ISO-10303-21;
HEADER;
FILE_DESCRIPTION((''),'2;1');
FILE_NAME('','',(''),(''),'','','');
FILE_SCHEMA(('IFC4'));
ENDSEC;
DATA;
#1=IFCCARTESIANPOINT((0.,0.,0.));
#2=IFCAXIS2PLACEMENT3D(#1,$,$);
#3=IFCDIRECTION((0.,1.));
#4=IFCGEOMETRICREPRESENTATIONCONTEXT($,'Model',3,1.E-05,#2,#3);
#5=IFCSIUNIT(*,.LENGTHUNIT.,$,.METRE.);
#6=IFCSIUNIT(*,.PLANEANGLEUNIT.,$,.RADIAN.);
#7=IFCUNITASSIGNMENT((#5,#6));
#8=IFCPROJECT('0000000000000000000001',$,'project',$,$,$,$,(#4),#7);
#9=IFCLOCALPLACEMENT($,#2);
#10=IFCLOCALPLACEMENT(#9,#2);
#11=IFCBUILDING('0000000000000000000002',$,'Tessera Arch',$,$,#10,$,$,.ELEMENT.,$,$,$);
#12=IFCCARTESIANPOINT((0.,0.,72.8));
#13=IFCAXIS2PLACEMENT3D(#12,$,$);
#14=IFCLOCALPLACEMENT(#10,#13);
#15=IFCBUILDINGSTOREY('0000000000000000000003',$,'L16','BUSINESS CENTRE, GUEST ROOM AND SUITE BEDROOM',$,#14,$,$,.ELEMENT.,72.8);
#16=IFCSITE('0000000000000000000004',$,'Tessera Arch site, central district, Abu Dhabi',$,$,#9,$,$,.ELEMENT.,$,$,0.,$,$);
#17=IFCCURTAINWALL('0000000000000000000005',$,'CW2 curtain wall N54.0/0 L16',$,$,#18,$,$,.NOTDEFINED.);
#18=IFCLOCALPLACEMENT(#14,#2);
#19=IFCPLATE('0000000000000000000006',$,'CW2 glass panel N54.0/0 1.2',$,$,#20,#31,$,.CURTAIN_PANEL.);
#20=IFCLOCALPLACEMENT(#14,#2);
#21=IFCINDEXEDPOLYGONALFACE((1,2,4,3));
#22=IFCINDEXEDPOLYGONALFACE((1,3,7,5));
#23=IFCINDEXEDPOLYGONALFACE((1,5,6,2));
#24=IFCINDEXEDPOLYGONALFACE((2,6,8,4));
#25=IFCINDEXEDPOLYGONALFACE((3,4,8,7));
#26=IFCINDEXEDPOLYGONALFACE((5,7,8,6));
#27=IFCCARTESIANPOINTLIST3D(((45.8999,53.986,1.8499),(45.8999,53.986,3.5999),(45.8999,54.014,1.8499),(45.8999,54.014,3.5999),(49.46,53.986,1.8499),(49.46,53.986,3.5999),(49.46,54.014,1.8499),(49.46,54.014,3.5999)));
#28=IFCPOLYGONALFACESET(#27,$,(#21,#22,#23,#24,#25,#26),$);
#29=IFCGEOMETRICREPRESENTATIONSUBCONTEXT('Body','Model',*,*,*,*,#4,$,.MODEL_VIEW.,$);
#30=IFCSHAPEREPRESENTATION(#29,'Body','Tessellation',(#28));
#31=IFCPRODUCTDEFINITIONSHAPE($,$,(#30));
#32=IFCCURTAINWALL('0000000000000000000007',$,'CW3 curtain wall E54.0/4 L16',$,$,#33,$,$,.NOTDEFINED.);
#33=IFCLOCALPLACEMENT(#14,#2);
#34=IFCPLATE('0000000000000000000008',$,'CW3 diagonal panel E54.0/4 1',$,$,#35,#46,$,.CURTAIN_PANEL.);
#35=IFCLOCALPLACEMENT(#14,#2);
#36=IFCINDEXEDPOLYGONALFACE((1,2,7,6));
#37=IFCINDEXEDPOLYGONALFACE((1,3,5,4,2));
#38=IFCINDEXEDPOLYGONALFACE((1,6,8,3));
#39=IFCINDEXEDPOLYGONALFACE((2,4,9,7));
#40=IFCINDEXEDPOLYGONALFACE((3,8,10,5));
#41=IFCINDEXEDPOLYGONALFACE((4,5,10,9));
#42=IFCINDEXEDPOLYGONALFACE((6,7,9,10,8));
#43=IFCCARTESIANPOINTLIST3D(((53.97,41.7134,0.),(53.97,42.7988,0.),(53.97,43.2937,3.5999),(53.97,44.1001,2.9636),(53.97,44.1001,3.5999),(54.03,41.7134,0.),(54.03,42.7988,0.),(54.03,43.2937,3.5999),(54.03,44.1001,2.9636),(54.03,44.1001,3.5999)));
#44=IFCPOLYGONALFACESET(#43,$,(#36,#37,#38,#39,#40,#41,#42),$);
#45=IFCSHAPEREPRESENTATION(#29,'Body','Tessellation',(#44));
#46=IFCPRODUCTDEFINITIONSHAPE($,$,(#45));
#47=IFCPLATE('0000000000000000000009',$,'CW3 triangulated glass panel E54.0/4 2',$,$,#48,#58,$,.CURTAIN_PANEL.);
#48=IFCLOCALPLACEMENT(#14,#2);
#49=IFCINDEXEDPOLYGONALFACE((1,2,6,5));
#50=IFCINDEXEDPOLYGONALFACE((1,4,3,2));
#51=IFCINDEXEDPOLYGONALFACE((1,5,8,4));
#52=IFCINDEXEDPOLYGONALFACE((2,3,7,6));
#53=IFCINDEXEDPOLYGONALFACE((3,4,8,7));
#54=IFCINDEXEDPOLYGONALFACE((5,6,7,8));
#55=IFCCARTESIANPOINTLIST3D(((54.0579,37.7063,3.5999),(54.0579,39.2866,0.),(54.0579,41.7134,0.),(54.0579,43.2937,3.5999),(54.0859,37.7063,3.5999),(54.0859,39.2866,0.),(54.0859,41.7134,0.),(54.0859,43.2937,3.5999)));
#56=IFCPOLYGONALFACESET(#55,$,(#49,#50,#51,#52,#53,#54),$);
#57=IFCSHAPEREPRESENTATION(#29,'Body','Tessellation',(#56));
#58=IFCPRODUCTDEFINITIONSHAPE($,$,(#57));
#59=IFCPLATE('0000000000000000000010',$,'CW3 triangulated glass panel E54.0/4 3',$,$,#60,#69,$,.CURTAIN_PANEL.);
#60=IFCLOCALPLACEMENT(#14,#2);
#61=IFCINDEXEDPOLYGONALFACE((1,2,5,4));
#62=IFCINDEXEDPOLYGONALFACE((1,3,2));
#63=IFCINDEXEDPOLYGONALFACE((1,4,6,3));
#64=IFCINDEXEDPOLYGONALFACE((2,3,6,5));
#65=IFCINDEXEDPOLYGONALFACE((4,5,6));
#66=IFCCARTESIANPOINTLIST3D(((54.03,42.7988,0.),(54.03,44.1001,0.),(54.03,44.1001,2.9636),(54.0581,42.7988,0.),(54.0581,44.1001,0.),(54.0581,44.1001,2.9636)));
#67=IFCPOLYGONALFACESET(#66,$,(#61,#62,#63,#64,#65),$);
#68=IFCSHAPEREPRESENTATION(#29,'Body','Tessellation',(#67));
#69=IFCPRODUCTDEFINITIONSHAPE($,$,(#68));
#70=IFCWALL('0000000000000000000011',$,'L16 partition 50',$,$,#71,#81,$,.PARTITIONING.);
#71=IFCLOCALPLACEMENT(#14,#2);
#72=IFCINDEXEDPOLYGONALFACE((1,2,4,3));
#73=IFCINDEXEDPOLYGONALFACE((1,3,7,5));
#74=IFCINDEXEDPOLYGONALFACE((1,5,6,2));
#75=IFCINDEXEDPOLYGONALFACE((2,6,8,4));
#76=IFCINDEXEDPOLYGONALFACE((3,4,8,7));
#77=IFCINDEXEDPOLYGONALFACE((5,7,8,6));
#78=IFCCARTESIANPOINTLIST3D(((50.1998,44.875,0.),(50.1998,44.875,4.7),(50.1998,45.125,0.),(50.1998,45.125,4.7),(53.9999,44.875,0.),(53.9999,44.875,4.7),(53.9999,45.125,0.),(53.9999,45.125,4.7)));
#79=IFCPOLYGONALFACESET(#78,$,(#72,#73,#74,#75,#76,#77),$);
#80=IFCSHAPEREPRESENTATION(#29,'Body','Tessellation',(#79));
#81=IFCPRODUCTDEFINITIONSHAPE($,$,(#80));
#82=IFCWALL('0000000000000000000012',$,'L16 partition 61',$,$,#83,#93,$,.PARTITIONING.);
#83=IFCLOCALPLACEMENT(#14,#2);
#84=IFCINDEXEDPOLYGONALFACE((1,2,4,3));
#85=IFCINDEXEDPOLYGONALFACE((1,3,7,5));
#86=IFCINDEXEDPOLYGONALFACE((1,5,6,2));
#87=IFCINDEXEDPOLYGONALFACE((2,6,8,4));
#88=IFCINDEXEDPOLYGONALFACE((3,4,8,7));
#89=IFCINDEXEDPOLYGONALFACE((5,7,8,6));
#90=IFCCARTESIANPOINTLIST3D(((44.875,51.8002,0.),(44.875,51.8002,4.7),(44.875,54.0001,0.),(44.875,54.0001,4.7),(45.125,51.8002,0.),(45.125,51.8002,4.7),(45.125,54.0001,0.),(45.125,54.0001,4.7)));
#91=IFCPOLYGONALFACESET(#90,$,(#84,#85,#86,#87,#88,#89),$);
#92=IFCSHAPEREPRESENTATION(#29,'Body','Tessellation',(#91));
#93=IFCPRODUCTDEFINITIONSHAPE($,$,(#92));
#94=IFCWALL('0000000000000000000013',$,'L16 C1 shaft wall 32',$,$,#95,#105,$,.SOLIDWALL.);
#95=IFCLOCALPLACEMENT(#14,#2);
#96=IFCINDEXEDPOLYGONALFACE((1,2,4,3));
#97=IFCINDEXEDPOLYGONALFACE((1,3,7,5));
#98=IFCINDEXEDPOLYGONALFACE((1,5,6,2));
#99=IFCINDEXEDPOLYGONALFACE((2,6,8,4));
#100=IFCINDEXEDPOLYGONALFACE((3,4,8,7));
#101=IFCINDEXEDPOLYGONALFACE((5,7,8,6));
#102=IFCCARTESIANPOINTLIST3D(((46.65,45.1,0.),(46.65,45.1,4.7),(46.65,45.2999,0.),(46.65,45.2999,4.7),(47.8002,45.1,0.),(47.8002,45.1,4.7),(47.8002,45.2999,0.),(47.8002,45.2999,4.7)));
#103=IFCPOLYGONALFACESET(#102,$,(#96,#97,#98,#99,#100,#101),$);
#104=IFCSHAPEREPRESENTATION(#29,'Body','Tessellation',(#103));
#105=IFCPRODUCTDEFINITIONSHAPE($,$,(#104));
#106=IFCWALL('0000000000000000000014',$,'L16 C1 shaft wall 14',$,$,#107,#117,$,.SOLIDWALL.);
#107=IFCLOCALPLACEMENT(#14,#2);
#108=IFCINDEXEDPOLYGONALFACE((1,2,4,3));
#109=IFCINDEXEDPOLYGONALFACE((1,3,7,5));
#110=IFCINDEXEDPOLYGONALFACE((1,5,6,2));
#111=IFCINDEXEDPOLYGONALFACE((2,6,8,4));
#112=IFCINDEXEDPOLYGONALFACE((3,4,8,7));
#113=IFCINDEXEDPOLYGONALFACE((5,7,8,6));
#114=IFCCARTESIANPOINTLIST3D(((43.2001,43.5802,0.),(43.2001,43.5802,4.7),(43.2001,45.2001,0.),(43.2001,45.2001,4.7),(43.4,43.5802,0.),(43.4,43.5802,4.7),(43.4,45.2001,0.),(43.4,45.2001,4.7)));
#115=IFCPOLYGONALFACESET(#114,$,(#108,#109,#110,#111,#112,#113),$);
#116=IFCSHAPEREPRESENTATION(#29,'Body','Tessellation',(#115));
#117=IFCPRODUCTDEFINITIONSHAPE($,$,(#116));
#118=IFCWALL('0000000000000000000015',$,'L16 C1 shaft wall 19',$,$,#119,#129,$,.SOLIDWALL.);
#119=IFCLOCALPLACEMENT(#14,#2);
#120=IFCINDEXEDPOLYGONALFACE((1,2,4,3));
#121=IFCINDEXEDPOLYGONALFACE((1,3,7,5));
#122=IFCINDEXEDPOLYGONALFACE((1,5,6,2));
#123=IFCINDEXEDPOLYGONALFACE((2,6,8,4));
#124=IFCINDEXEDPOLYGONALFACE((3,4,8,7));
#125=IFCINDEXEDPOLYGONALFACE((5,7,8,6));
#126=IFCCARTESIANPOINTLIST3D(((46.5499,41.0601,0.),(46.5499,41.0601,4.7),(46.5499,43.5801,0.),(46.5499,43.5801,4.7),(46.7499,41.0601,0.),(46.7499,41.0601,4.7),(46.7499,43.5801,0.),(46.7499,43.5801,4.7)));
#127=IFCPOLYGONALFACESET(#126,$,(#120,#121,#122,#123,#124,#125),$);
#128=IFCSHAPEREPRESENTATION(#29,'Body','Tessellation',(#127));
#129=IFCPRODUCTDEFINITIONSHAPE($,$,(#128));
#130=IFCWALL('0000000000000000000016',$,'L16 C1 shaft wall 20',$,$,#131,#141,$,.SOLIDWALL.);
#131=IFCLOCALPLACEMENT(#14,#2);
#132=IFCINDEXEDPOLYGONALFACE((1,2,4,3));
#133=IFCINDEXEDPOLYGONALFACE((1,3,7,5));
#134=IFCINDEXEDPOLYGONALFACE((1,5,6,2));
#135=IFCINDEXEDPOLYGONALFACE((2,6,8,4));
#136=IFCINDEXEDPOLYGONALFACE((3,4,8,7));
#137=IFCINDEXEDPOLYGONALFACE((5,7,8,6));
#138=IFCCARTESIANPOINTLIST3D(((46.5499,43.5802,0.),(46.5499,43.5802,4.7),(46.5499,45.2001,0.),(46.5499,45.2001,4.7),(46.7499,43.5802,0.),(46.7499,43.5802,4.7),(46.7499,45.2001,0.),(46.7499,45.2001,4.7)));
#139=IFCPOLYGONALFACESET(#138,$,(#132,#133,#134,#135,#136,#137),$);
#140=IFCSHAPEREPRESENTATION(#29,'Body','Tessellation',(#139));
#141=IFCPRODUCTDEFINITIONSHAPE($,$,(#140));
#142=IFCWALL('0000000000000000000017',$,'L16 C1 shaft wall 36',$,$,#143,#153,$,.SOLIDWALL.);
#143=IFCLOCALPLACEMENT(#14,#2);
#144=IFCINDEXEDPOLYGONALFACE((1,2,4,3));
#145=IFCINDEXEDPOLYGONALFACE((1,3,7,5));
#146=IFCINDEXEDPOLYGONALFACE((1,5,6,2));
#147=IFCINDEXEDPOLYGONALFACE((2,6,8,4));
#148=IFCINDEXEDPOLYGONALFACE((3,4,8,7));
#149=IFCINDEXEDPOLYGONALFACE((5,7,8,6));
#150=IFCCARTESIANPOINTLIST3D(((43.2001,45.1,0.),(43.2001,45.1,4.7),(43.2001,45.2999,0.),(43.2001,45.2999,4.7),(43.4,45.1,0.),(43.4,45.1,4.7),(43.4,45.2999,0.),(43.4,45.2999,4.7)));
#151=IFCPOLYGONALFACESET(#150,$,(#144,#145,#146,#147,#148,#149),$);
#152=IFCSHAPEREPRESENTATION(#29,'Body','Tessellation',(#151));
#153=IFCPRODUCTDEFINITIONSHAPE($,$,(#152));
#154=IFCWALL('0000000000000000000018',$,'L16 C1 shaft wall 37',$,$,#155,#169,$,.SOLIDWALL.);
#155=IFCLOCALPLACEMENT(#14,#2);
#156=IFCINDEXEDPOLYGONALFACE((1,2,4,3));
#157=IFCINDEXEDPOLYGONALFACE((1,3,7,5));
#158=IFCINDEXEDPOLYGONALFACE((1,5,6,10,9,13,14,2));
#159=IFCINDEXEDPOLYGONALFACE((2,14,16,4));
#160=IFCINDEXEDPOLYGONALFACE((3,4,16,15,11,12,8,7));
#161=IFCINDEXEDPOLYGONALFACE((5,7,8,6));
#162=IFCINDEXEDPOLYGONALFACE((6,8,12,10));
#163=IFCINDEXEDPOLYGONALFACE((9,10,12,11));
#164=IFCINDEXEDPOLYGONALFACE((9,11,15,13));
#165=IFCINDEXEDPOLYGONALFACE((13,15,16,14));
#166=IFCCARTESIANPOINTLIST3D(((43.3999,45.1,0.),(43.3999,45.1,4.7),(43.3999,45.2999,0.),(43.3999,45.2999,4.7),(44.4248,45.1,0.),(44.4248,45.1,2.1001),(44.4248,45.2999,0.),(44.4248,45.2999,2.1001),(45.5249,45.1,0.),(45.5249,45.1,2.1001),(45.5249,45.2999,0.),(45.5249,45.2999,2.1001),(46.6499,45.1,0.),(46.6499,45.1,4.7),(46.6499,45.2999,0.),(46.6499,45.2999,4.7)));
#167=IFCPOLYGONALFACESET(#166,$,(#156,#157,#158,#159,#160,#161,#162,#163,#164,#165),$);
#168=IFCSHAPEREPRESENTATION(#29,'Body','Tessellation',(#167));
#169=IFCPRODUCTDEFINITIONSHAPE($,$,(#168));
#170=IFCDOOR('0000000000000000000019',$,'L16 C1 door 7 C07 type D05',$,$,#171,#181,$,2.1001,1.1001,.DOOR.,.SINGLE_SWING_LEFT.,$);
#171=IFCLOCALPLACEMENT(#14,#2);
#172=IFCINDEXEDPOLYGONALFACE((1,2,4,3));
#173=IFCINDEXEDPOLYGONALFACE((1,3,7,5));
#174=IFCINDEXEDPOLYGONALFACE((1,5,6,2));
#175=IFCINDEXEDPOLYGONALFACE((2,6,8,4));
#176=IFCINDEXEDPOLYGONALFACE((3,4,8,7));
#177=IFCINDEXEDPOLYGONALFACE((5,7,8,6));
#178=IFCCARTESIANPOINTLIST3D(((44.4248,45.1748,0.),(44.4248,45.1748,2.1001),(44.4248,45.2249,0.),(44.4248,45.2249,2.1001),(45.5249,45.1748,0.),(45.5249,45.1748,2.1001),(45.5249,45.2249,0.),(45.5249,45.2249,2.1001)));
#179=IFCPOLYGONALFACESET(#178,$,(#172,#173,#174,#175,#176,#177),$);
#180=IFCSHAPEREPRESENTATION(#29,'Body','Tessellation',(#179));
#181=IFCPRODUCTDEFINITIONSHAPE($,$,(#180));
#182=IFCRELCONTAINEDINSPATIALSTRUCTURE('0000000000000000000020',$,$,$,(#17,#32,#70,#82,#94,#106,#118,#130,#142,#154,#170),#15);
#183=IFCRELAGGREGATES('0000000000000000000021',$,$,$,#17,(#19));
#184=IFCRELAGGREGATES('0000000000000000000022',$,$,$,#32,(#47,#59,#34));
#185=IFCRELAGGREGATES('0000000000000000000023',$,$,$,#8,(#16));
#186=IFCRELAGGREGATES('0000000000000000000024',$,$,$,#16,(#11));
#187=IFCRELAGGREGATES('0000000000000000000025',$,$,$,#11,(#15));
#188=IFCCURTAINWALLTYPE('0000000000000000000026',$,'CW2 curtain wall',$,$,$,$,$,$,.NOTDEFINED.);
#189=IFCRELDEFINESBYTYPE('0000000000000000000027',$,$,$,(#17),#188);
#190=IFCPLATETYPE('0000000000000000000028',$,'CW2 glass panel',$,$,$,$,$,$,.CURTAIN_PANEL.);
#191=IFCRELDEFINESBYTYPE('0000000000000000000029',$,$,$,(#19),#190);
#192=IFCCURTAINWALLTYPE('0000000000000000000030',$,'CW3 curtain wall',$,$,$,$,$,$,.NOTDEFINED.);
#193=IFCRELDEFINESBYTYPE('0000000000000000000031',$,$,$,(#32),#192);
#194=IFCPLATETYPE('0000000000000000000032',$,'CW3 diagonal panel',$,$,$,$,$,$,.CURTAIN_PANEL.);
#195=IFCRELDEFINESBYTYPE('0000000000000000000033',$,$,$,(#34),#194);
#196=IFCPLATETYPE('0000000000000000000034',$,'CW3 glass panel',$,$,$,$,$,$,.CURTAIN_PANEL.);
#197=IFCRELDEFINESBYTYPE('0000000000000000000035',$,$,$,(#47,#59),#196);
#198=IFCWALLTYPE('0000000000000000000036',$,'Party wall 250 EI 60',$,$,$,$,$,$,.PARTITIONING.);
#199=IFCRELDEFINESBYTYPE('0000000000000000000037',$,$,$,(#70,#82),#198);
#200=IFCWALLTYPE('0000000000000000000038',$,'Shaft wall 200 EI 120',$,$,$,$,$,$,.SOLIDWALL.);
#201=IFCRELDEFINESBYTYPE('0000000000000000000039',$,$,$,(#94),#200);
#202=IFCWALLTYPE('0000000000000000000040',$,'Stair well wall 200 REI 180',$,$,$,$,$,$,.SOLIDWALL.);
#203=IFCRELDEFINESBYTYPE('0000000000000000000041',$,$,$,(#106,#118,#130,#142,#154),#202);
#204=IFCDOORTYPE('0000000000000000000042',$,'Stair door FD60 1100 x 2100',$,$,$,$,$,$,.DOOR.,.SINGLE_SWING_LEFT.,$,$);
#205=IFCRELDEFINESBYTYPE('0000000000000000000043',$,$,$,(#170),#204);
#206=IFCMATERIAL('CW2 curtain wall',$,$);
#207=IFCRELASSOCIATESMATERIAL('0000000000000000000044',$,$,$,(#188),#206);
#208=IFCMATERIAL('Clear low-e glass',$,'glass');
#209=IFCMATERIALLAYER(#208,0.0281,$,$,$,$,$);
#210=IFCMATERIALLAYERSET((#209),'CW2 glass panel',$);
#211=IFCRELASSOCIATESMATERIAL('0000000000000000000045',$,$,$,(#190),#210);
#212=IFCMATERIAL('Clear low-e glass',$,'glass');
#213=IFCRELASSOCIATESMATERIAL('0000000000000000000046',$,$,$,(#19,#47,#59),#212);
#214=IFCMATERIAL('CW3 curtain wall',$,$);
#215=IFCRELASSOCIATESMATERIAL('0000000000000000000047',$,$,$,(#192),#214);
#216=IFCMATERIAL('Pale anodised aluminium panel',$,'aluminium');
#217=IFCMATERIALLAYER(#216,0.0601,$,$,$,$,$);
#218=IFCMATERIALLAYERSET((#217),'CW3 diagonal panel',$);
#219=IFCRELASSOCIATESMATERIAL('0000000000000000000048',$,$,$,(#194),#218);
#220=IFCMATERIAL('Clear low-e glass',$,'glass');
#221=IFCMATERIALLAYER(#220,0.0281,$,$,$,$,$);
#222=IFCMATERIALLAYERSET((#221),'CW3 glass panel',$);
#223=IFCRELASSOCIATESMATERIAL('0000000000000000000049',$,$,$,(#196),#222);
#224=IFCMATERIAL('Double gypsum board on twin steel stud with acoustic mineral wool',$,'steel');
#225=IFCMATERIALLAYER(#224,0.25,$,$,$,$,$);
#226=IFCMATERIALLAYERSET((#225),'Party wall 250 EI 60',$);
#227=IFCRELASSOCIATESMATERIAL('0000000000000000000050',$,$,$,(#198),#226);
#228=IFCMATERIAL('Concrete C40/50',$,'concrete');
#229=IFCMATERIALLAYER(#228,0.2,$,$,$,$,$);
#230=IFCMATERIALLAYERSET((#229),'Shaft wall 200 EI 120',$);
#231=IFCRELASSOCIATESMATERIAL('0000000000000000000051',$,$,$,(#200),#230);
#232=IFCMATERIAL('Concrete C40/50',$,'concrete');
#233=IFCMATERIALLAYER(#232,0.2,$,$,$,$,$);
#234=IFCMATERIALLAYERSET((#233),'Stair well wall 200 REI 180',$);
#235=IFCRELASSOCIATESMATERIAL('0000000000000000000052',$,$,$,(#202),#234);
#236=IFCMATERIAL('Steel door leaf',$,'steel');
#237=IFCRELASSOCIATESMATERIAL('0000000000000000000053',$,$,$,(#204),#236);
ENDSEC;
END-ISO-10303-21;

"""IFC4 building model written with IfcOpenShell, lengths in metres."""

from ifc_helpers import new_model, si_unit, direction, frame, frame_2d, origin, origin_2d, place, context, subcontext, project, spatial, polyline, rectangle, outline, extrude, material, layer, layer_set, type_object, element, fill, aggregate, save


model = new_model("IFC4")

# Units and contexts
model_context = context("Model", 3, precision=1e-05, world=origin(), true_north=direction((0.0, 1.0)))
body_context = subcontext(model_context, "Body", "Model", "MODEL_VIEW")
ifc_project = project(units=[si_unit("LENGTHUNIT", "METRE"), si_unit("PLANEANGLEUNIT", "RADIAN")], contexts=[model_context])

# Site, building, storey
site_placement = place(None, origin())
site = spatial("IfcSite", under=ifc_project, at=site_placement, Name="Tessera Arch site, central district, Abu Dhabi", CompositionType="ELEMENT", RefElevation=0.0)
building_placement = place(site_placement, origin())
building = spatial("IfcBuilding", under=site, at=building_placement, Name="Tessera Arch", CompositionType="ELEMENT")
storey_placement = place(building_placement, frame((0.0, 0.0, 72.8)))
storey = spatial("IfcBuildingStorey", under=building, at=storey_placement, Name="L16", Description="BUSINESS CENTRE, GUEST ROOM AND SUITE BEDROOM", CompositionType="ELEMENT", Elevation=72.8)

# Curtain wall
ifc_material_1 = material(Name="CW2 curtain wall")
curtain_wall_type_1 = type_object("IfcCurtainWallType", Name="CW2 curtain wall", PredefinedType="NOTDEFINED", material=ifc_material_1)
curtain_wall_1_placement = place(storey_placement, origin())
curtain_wall_1 = element("IfcCurtainWall", 1, at=curtain_wall_1_placement, inside=storey, type_object=curtain_wall_type_1, Name="CW2 curtain wall N54.0/0 L16", PredefinedType="NOTDEFINED")

# Plate
ifc_material_2 = material(Name="Clear low-e glass", Category="glass")
ifc_material_3 = material(Name="Clear low-e glass", Category="glass")
ifc_layer_1 = layer(ifc_material_3, 0.0281)
ifc_layer_set_1 = layer_set([ifc_layer_1], Name="CW2 glass panel")
plate_type_1 = type_object("IfcPlateType", Name="CW2 glass panel", PredefinedType="CURTAIN_PANEL", material=ifc_layer_set_1)
plate_1_placement = place(storey_placement, frame((47.6799, 54.0, 1.8499), z_axis=(0.0, 0.0, 1.0), x_axis=(-1.0, 0.0, 0.0)))
plate_1 = element("IfcPlate", 2, at=plate_1_placement, type_object=plate_type_1, material=ifc_material_2, Name="CW2 glass panel N54.0/0 1.2", PredefinedType="CURTAIN_PANEL", context=body_context, shape_type="SweptSolid", body=[
    extrude(rectangle(XDim=3.5601, YDim=0.0281, at=origin_2d()), origin(), (0.0, 0.0, 1.0), 1.75),
])
aggregate(curtain_wall_1, [plate_1])

# Curtain wall, plates
ifc_material_4 = material(Name="CW3 curtain wall")
curtain_wall_type_2 = type_object("IfcCurtainWallType", Name="CW3 curtain wall", PredefinedType="NOTDEFINED", material=ifc_material_4)
curtain_wall_2_placement = place(storey_placement, origin())
curtain_wall_2 = element("IfcCurtainWall", 3, at=curtain_wall_2_placement, inside=storey, type_object=curtain_wall_type_2, Name="CW3 curtain wall E54.0/4 L16", PredefinedType="NOTDEFINED")
ifc_material_5 = material(Name="Pale anodised aluminium panel", Category="aluminium")
ifc_layer_2 = layer(ifc_material_5, 0.0601)
ifc_layer_set_2 = layer_set([ifc_layer_2], Name="CW3 diagonal panel")
plate_type_2 = type_object("IfcPlateType", Name="CW3 diagonal panel", PredefinedType="CURTAIN_PANEL", material=ifc_layer_set_2)
plate_2_placement = place(storey_placement, frame((54.03, 44.1001, 3.5999), z_axis=(1.0, 0.0, 0.0), x_axis=(0.0, -1.0, 0.0)))
plate_2 = element("IfcPlate", 4, at=plate_2_placement, type_object=plate_type_2, Name="CW3 diagonal panel E54.0/4 1", PredefinedType="CURTAIN_PANEL", context=body_context, shape_type="SweptSolid", body=[
    extrude(outline(polyline([(0.0, 0.0), (0.8064, 0.0), (2.3867, 3.5999), (1.3013, 3.5999), (0.0, 0.6362), (0.0, 0.0)])), origin(), (0.0, 0.0, -1.0), 0.0601),
])
ifc_material_6 = material(Name="Clear low-e glass", Category="glass")
ifc_layer_3 = layer(ifc_material_6, 0.0281)
ifc_layer_set_3 = layer_set([ifc_layer_3], Name="CW3 glass panel")
plate_type_3 = type_object("IfcPlateType", Name="CW3 glass panel", PredefinedType="CURTAIN_PANEL", material=ifc_layer_set_3)
plate_3_placement = place(storey_placement, frame((54.0859, 43.2937, 3.5999), z_axis=(1.0, 0.0, 0.0), x_axis=(0.0, -1.0, 0.0)))
plate_3 = element("IfcPlate", 5, at=plate_3_placement, type_object=plate_type_3, material=ifc_material_2, Name="CW3 triangulated glass panel E54.0/4 2", PredefinedType="CURTAIN_PANEL", context=body_context, shape_type="SweptSolid", body=[
    extrude(outline(polyline([(0.0, 0.0), (5.5874, 0.0), (4.0071, 3.5999), (1.5803, 3.5999), (0.0, 0.0)])), origin(), (0.0, 0.0, -1.0), 0.0281),
])
plate_4_placement = place(storey_placement, frame((54.0581, 44.1001, 0.0), z_axis=(1.0, 0.0, 0.0), x_axis=(0.0, 0.0, 1.0)))
plate_4 = element("IfcPlate", 6, at=plate_4_placement, type_object=plate_type_3, material=ifc_material_2, Name="CW3 triangulated glass panel E54.0/4 3", PredefinedType="CURTAIN_PANEL", context=body_context, shape_type="SweptSolid", body=[
    extrude(outline(polyline([(0.0, 0.0), (2.9636, 0.0), (0.0, 1.3013), (0.0, 0.0)])), origin(), (0.0, 0.0, -1.0), 0.0281),
])
aggregate(curtain_wall_2, [plate_3, plate_4, plate_2])

# Walls
ifc_material_7 = material(Name="Double gypsum board on twin steel stud with acoustic mineral wool", Category="steel")
ifc_layer_4 = layer(ifc_material_7, 0.25)
ifc_layer_set_4 = layer_set([ifc_layer_4], Name="Party wall 250 EI 60")
wall_type_1 = type_object("IfcWallType", Name="Party wall 250 EI 60", PredefinedType="PARTITIONING", material=ifc_layer_set_4)
wall_1_placement = place(storey_placement, frame((50.2, 45.0, 0.0), z_axis=(0.0, 0.0, 1.0), x_axis=(1.0, 0.0, 0.0)))
element("IfcWall", 7, at=wall_1_placement, inside=storey, type_object=wall_type_1, Name="L16 partition 50", PredefinedType="PARTITIONING", context=body_context, shape_type="SweptSolid", body=[
    extrude(rectangle(XDim=3.8, YDim=0.25, at=frame_2d((1.8999, 0.0))), origin(), (0.0, 0.0, 1.0), 4.7),
])
wall_2_placement = place(storey_placement, frame((45.0, 51.8, 0.0), z_axis=(0.0, 0.0, 1.0), x_axis=(0.0, 1.0, 0.0)))
element("IfcWall", 8, at=wall_2_placement, inside=storey, type_object=wall_type_1, Name="L16 partition 61", PredefinedType="PARTITIONING", context=body_context, shape_type="SweptSolid", body=[
    extrude(rectangle(XDim=2.2, YDim=0.25, at=frame_2d((1.1001, 0.0))), origin(), (0.0, 0.0, 1.0), 4.7),
])
ifc_material_8 = material(Name="Concrete C40/50", Category="concrete")
ifc_layer_5 = layer(ifc_material_8, 0.2)
ifc_layer_set_5 = layer_set([ifc_layer_5], Name="Shaft wall 200 EI 120")
wall_type_2 = type_object("IfcWallType", Name="Shaft wall 200 EI 120", PredefinedType="SOLIDWALL", material=ifc_layer_set_5)
wall_3_placement = place(storey_placement, frame((46.6499, 45.2, 0.0), z_axis=(0.0, 0.0, 1.0), x_axis=(1.0, 0.0, 0.0)))
element("IfcWall", 9, at=wall_3_placement, inside=storey, type_object=wall_type_2, Name="L16 C1 shaft wall 32", PredefinedType="SOLIDWALL", context=body_context, shape_type="SweptSolid", body=[
    extrude(rectangle(XDim=1.1501, YDim=0.2, at=frame_2d((0.5752, 0.0))), origin(), (0.0, 0.0, 1.0), 4.7),
])
ifc_material_9 = material(Name="Concrete C40/50", Category="concrete")
ifc_layer_6 = layer(ifc_material_9, 0.2)
ifc_layer_set_6 = layer_set([ifc_layer_6], Name="Stair well wall 200 REI 180")
wall_type_3 = type_object("IfcWallType", Name="Stair well wall 200 REI 180", PredefinedType="SOLIDWALL", material=ifc_layer_set_6)
wall_4_placement = place(storey_placement, frame((43.3, 43.5801, 0.0), z_axis=(0.0, 0.0, 1.0), x_axis=(0.0, 1.0, 0.0)))
element("IfcWall", 10, at=wall_4_placement, inside=storey, type_object=wall_type_3, Name="L16 C1 shaft wall 14", PredefinedType="SOLIDWALL", context=body_context, shape_type="SweptSolid", body=[
    extrude(rectangle(XDim=1.6199, YDim=0.2, at=frame_2d((0.8101, 0.0))), origin(), (0.0, 0.0, 1.0), 4.7),
])
wall_5_placement = place(storey_placement, frame((46.6499, 41.0601, 0.0), z_axis=(0.0, 0.0, 1.0), x_axis=(0.0, 1.0, 0.0)))
element("IfcWall", 11, at=wall_5_placement, inside=storey, type_object=wall_type_3, Name="L16 C1 shaft wall 19", PredefinedType="SOLIDWALL", context=body_context, shape_type="SweptSolid", body=[
    extrude(rectangle(XDim=2.52, YDim=0.2, at=frame_2d((1.26, 0.0))), origin(), (0.0, 0.0, 1.0), 4.7),
])
wall_6_placement = place(storey_placement, frame((46.6499, 43.5801, 0.0), z_axis=(0.0, 0.0, 1.0), x_axis=(0.0, 1.0, 0.0)))
element("IfcWall", 12, at=wall_6_placement, inside=storey, type_object=wall_type_3, Name="L16 C1 shaft wall 20", PredefinedType="SOLIDWALL", context=body_context, shape_type="SweptSolid", body=[
    extrude(rectangle(XDim=1.6199, YDim=0.2, at=frame_2d((0.8101, 0.0))), origin(), (0.0, 0.0, 1.0), 4.7),
])
wall_7_placement = place(storey_placement, frame((43.2, 45.2, 0.0), z_axis=(0.0, 0.0, 1.0), x_axis=(1.0, 0.0, 0.0)))
element("IfcWall", 13, at=wall_7_placement, inside=storey, type_object=wall_type_3, Name="L16 C1 shaft wall 36", PredefinedType="SOLIDWALL", context=body_context, shape_type="SweptSolid", body=[
    extrude(rectangle(XDim=0.2, YDim=0.2, at=frame_2d((0.1001, 0.0))), origin(), (0.0, 0.0, 1.0), 4.7),
])

# Wall, opening, door
wall_8_placement = place(storey_placement, frame((43.3999, 45.2, 0.0), z_axis=(0.0, 0.0, 1.0), x_axis=(1.0, 0.0, 0.0)))
wall_8 = element("IfcWall", 14, at=wall_8_placement, inside=storey, type_object=wall_type_3, Name="L16 C1 shaft wall 37", PredefinedType="SOLIDWALL", context=body_context, shape_type="SweptSolid", body=[
    extrude(rectangle(XDim=3.25, YDim=0.2, at=frame_2d((1.625, 0.0))), origin(), (0.0, 0.0, 1.0), 4.7),
])
opening_placement = place(wall_8_placement, frame((1.0249, 0.0, 0.0)))
opening = element("IfcOpeningElement", 15, at=opening_placement, cuts=wall_8, PredefinedType="OPENING", context=body_context, shape_type="SweptSolid", body=[
    extrude(rectangle(XDim=1.1001, YDim=2.1001, at=frame_2d((0.55, 1.05))), frame((0.0, 0.1099, 0.0), z_axis=(0.0, -1.0, 0.0), x_axis=(1.0, 0.0, 0.0)), (0.0, 0.0, 1.0), 0.22),
])
ifc_material_10 = material(Name="Steel door leaf", Category="steel")
door_type = type_object("IfcDoorType", Name="Stair door FD60 1100 x 2100", OperationType="SINGLE_SWING_LEFT", PredefinedType="DOOR", material=ifc_material_10)
door_placement = place(opening_placement, origin())
door = element("IfcDoor", 16, at=door_placement, inside=storey, type_object=door_type, Name="L16 C1 door 7 C07 type D05", OperationType="SINGLE_SWING_LEFT", OverallHeight=2.1001, OverallWidth=1.1001, PredefinedType="DOOR", context=body_context, shape_type="SweptSolid", body=[
    extrude(rectangle(XDim=1.1001, YDim=2.1001, at=frame_2d((0.55, 1.05))), frame((0.0, 0.0249, 0.0), z_axis=(0.0, -1.0, 0.0), x_axis=(1.0, 0.0, 0.0)), (0.0, 0.0, 1.0), 0.05),
])
fill(opening, door)

save(model, "model.ifc")
